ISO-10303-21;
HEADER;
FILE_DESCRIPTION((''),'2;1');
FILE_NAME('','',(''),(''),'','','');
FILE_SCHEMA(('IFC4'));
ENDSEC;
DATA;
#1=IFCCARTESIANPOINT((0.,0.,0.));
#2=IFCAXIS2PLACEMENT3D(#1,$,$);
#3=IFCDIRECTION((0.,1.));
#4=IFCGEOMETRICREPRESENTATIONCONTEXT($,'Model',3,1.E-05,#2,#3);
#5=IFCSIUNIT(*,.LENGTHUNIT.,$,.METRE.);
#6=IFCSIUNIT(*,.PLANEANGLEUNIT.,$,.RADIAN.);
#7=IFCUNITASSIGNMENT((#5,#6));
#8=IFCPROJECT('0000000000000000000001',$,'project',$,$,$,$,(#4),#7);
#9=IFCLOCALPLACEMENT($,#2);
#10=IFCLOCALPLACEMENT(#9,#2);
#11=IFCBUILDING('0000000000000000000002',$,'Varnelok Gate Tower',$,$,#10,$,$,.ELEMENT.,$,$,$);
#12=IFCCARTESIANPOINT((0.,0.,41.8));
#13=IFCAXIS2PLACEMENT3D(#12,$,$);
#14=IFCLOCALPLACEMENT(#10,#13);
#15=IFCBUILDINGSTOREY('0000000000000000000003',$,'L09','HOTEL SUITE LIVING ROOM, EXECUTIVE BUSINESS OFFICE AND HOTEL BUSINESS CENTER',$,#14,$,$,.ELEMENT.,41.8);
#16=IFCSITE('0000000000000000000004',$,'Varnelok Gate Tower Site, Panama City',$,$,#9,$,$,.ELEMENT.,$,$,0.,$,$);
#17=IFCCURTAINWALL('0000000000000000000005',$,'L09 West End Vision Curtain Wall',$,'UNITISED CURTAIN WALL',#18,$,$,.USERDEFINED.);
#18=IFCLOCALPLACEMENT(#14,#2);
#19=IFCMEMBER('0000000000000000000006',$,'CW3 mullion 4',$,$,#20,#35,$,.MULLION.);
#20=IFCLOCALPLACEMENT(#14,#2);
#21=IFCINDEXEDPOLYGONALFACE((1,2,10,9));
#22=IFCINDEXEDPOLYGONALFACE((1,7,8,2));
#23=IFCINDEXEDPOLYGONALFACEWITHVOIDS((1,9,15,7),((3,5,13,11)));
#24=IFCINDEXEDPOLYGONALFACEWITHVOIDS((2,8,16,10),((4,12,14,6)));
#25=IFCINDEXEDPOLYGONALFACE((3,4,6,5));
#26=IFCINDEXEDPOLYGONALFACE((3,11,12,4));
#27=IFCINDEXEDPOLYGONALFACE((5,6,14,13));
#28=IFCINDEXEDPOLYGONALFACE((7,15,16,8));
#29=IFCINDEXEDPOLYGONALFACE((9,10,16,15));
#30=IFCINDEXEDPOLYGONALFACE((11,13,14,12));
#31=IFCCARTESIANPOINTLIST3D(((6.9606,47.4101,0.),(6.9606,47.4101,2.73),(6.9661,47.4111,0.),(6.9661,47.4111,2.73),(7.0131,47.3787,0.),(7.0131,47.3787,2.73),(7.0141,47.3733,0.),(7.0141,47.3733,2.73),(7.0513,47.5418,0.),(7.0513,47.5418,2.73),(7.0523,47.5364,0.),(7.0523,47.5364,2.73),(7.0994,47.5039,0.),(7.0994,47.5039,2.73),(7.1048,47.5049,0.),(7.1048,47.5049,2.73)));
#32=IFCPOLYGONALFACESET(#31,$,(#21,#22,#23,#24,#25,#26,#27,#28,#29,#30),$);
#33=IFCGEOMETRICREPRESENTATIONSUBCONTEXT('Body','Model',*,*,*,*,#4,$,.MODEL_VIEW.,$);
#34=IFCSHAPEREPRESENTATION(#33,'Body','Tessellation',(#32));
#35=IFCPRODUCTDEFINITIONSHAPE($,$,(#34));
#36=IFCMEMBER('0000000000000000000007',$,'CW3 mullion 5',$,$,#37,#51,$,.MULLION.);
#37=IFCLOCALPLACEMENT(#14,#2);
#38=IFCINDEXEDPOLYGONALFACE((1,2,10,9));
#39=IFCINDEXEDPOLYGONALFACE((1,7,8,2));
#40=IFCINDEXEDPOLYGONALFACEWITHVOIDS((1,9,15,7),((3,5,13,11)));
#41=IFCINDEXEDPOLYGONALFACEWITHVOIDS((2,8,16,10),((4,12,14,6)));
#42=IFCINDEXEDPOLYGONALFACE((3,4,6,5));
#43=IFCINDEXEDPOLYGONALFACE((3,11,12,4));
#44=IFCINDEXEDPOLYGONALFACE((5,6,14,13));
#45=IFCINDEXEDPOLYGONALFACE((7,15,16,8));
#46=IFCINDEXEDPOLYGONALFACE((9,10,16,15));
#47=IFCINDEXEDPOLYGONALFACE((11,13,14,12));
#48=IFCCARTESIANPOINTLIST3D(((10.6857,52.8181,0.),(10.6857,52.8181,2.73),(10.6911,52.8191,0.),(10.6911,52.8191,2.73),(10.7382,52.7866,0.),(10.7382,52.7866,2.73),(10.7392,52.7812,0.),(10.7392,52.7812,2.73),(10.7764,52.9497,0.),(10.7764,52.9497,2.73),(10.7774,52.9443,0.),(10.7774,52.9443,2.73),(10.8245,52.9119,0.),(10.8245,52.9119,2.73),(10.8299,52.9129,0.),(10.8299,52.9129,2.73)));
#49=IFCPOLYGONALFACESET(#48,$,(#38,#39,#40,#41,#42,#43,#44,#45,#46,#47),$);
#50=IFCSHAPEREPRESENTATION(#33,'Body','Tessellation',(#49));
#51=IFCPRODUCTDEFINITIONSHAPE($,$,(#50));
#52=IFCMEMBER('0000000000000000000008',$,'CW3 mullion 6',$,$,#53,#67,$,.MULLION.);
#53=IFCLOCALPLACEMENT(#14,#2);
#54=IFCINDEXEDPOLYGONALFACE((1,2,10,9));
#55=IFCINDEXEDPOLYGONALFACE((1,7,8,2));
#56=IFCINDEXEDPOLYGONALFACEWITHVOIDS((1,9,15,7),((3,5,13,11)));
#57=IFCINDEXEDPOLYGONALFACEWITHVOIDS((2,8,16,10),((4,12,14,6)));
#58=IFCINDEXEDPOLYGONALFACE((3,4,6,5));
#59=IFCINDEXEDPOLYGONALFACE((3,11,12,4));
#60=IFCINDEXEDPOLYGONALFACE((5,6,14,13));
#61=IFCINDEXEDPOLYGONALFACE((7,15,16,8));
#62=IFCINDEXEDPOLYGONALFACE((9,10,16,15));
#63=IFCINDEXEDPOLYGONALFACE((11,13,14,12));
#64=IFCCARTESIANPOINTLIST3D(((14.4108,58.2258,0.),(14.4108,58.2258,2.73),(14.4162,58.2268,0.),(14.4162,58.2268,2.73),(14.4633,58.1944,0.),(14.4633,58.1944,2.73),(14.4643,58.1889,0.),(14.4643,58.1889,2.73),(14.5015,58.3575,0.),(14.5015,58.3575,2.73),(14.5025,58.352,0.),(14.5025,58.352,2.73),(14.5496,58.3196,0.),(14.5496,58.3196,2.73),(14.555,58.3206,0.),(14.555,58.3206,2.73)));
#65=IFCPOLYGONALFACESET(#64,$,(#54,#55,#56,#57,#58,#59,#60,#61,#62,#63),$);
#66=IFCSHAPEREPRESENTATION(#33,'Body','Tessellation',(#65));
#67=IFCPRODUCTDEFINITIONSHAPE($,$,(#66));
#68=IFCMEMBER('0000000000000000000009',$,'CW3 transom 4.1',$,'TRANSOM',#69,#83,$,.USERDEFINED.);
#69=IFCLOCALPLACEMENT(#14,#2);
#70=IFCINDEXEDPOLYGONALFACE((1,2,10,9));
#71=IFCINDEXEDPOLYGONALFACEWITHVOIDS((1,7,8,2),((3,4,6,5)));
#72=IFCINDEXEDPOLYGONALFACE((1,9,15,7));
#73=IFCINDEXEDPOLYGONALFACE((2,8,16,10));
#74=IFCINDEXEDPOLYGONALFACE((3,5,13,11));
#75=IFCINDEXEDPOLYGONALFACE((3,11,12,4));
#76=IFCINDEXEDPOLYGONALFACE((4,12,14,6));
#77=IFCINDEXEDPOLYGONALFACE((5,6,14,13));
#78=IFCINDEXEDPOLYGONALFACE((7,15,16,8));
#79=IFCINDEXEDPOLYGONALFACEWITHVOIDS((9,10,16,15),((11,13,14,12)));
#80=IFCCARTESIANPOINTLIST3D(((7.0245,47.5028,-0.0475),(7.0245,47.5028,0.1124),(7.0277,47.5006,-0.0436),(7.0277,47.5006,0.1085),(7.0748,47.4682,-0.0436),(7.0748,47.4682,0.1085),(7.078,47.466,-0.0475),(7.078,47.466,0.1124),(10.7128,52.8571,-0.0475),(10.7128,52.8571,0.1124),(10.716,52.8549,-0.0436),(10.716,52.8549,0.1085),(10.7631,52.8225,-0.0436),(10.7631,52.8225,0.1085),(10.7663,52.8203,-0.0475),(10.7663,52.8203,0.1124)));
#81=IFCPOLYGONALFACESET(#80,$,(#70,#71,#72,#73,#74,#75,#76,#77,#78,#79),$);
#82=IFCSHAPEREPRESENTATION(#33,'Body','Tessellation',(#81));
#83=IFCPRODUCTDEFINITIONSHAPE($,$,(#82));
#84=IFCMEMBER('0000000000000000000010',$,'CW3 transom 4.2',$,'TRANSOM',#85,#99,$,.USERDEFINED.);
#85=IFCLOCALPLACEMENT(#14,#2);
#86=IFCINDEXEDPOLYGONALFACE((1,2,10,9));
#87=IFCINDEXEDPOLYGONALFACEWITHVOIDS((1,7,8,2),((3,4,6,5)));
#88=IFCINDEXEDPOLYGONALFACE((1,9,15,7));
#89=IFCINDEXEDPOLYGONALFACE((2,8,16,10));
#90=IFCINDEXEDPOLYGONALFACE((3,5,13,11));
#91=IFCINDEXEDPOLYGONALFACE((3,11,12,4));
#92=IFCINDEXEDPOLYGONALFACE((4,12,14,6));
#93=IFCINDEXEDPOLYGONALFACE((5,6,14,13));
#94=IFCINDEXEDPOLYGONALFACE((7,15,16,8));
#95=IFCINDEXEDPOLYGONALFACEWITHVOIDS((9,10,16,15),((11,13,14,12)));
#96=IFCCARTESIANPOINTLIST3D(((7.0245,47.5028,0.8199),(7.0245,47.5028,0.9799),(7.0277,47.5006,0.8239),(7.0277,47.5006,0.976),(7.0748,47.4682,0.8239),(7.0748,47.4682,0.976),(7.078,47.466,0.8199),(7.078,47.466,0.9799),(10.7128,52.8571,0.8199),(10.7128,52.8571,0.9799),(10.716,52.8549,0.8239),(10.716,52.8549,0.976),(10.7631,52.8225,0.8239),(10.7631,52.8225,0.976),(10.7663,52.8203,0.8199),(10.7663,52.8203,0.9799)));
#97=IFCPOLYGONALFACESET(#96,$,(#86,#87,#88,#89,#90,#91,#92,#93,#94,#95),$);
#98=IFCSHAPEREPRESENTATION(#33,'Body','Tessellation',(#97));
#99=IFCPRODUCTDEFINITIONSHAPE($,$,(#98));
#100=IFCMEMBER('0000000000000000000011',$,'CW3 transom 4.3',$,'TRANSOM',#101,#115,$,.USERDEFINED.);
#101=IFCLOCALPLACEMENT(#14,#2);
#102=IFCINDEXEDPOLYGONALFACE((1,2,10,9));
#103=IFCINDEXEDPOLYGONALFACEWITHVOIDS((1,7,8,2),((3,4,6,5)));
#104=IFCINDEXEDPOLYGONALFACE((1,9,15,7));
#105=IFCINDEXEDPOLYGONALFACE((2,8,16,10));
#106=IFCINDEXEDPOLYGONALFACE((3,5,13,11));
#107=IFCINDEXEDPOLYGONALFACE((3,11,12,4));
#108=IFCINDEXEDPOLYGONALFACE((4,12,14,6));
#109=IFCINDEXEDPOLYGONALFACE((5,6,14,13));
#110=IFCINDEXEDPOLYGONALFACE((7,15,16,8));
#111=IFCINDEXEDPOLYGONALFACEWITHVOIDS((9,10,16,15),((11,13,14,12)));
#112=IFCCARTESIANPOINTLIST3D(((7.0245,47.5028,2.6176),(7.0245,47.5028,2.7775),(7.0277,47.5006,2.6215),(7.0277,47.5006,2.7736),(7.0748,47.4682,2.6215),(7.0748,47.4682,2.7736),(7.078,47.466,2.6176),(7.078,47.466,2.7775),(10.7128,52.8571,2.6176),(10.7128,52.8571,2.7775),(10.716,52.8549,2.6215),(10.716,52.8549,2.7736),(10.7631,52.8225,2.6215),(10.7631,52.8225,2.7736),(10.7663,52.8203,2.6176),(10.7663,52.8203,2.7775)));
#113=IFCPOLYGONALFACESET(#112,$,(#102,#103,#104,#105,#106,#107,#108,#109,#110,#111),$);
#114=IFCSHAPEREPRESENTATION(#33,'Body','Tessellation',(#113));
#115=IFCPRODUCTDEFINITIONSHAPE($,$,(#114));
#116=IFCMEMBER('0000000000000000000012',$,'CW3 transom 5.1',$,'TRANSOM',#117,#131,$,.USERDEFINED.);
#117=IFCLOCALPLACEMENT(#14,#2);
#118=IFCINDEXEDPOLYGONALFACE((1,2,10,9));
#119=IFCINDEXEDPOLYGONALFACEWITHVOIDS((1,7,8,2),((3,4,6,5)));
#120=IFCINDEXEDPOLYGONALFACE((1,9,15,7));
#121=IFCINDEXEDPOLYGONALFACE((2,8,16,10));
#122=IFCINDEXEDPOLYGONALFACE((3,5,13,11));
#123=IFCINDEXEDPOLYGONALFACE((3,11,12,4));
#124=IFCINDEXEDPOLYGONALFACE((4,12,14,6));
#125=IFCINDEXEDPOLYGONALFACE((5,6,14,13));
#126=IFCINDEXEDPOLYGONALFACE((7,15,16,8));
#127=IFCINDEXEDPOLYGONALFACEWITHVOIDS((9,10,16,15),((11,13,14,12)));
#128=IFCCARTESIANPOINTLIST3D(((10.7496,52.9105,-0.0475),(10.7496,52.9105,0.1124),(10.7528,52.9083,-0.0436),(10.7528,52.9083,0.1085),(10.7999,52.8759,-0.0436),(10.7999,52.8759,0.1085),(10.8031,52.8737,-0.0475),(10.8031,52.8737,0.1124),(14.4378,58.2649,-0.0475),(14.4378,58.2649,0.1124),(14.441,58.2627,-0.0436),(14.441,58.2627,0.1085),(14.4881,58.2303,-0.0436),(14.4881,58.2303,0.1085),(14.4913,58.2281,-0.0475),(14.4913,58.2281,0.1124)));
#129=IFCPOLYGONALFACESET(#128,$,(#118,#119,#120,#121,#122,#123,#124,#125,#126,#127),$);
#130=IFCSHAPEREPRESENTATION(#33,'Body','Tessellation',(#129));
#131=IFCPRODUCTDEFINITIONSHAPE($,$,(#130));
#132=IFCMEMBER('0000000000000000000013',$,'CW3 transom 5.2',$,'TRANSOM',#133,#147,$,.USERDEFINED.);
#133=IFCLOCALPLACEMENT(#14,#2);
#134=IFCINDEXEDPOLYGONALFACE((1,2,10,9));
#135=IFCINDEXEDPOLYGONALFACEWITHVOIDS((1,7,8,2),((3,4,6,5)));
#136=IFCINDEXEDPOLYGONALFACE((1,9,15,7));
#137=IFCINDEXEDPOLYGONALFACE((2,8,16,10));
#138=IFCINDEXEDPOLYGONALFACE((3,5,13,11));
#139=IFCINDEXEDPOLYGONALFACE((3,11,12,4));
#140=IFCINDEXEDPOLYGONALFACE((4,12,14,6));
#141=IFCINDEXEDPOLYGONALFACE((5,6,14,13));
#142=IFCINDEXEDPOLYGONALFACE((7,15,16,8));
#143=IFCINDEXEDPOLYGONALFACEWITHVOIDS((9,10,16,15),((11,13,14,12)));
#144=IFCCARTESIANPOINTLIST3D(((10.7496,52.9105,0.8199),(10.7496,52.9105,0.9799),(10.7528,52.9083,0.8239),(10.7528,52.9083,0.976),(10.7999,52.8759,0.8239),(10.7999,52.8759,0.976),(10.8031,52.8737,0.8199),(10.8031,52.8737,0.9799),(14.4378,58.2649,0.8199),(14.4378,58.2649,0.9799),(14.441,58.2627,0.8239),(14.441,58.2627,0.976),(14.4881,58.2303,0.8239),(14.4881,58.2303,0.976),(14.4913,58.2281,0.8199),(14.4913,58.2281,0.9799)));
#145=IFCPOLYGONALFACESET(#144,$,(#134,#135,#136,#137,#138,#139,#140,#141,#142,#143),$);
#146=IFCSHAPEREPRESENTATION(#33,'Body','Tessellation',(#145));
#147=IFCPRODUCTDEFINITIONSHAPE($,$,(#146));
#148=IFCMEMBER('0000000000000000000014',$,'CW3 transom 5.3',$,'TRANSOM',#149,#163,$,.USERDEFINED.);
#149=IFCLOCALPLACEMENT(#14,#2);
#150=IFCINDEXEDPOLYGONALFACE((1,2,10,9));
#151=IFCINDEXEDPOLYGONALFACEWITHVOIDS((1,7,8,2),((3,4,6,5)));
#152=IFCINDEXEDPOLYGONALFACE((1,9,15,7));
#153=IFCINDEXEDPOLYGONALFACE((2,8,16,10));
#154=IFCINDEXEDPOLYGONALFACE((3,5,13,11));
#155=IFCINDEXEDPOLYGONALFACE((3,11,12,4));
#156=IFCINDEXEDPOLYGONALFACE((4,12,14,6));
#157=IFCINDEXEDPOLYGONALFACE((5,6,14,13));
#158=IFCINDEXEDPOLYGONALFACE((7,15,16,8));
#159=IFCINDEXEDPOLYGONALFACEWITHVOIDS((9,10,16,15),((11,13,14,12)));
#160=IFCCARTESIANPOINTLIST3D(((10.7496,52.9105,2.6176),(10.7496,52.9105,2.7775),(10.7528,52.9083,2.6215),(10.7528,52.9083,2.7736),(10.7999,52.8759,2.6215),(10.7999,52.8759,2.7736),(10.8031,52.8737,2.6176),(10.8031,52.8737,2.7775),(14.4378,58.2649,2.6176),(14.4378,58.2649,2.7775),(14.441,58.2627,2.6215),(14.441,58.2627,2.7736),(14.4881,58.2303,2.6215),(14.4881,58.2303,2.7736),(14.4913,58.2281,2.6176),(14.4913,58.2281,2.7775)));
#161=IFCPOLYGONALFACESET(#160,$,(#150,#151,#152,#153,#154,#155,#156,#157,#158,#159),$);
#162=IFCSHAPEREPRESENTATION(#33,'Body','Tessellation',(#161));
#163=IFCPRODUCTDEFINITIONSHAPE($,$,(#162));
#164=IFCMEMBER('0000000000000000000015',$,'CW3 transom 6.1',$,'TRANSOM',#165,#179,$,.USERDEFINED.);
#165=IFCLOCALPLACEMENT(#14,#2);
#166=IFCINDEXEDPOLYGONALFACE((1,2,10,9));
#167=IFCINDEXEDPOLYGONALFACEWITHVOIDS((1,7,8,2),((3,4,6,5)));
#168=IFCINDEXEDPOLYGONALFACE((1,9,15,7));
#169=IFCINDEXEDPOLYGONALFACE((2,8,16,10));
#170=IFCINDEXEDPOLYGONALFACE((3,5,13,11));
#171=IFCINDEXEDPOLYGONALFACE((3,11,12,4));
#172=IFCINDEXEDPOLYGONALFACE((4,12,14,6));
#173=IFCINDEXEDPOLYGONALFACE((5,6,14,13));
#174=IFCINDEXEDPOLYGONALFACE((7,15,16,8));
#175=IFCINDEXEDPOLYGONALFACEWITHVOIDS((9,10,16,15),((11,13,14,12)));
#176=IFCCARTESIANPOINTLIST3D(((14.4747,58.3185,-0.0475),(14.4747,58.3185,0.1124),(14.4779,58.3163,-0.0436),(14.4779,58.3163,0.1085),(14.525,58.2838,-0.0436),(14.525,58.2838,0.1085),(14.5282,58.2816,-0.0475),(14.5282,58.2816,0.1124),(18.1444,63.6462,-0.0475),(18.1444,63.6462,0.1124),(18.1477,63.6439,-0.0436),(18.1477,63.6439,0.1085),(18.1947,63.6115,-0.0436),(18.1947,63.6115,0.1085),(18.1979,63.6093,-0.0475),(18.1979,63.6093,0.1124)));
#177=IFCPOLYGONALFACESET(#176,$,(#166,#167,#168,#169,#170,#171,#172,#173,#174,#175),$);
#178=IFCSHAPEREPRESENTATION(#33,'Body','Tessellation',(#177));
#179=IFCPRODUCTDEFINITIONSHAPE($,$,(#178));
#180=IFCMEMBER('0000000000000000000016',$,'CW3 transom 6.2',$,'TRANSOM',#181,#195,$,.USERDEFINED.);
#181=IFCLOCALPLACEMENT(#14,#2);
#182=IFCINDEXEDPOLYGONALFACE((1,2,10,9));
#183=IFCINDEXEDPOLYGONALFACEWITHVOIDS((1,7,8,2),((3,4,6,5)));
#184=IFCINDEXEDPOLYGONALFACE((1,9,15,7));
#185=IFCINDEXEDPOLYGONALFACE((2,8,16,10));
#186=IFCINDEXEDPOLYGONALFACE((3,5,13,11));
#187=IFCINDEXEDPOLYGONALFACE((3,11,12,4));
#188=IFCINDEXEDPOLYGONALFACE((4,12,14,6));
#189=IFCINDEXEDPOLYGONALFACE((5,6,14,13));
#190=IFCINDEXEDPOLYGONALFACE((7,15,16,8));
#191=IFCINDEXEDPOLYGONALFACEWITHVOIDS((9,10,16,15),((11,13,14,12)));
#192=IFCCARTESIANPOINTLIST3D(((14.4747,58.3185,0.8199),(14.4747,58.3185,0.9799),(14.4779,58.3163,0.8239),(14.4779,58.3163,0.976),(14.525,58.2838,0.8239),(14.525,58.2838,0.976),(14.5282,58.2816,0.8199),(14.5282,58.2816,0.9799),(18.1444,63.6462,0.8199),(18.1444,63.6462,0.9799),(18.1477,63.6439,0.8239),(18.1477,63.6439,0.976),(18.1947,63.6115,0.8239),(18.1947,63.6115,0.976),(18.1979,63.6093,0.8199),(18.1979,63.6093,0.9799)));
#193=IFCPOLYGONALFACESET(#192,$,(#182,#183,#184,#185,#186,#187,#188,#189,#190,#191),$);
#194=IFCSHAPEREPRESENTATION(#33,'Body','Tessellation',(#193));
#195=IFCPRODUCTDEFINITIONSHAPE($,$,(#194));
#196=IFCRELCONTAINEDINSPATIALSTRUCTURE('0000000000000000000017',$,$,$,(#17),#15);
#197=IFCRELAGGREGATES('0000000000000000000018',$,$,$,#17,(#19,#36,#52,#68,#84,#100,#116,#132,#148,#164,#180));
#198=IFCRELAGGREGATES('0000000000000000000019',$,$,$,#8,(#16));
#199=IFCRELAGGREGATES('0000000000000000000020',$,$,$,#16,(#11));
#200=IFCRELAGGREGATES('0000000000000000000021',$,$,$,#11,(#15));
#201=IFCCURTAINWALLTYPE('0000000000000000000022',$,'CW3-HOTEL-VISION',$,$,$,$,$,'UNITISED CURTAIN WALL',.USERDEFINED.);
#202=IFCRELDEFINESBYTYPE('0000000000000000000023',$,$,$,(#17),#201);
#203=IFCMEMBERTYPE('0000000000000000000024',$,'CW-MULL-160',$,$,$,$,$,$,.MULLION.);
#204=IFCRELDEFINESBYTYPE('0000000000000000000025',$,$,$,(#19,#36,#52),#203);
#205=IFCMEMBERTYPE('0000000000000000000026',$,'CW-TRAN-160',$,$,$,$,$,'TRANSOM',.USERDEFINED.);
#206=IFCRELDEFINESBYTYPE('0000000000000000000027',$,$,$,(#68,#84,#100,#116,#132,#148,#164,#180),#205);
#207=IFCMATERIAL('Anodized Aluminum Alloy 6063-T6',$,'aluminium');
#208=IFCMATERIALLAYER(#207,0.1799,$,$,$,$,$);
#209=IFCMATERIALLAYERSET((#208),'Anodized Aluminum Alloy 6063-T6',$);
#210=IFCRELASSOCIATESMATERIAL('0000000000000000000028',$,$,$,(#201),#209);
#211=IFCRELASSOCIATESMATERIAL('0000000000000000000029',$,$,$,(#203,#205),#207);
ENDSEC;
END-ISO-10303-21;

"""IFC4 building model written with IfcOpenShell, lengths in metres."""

from ifc_helpers import new_model, si_unit, direction, frame, origin, origin_2d, place, context, subcontext, project, spatial, hollow_rectangle, extrude, material, layer, layer_set, material_profile, profile_set, type_object, element, aggregate, save


model = new_model("IFC4")

# Units and contexts
model_context = context("Model", 3, precision=1e-05, world=origin(), true_north=direction((0.0, 1.0)))
body_context = subcontext(model_context, "Body", "Model", "MODEL_VIEW")
ifc_project = project(units=[si_unit("LENGTHUNIT", "METRE"), si_unit("PLANEANGLEUNIT", "RADIAN")], contexts=[model_context])

# Site, building, storey
site_placement = place(None, origin())
site = spatial("IfcSite", under=ifc_project, at=site_placement, Name="Varnelok Gate Tower Site, Panama City", CompositionType="ELEMENT", RefElevation=0.0)
building_placement = place(site_placement, origin())
building = spatial("IfcBuilding", under=site, at=building_placement, Name="Varnelok Gate Tower", CompositionType="ELEMENT")
storey_placement = place(building_placement, frame((0.0, 0.0, 41.8)))
storey = spatial("IfcBuildingStorey", under=building, at=storey_placement, Name="L09", Description="HOTEL SUITE LIVING ROOM, EXECUTIVE BUSINESS OFFICE AND HOTEL BUSINESS CENTER", CompositionType="ELEMENT", Elevation=41.8)

# Curtain wall, members
ifc_material_1 = material(Name="Anodized Aluminum Alloy 6063-T6", Category="aluminium")
ifc_layer_1 = layer(ifc_material_1, 0.1799)
ifc_layer_set_1 = layer_set([ifc_layer_1], Name="Anodized Aluminum Alloy 6063-T6")
curtain_wall_type = type_object("IfcCurtainWallType", Name="CW3-HOTEL-VISION", ElementType="UNITISED CURTAIN WALL", PredefinedType="USERDEFINED", material=ifc_layer_set_1)
curtain_wall_placement = place(storey_placement, origin())
curtain_wall = element("IfcCurtainWall", 1, at=curtain_wall_placement, inside=storey, type_object=curtain_wall_type, Name="L09 West End Vision Curtain Wall", ObjectType="UNITISED CURTAIN WALL", PredefinedType="USERDEFINED")
ifc_material_profile_1 = material_profile(ifc_material_1, hollow_rectangle(XDim=0.0649, YDim=0.1599, WallThickness=0.0039, at=origin_2d()), Name="ALU160X65X4")
ifc_profile_set_1 = profile_set([ifc_material_profile_1], Name="Anodized Aluminum Alloy 6063-T6")
member_type_1 = type_object("IfcMemberType", Name="CW-MULL-160", PredefinedType="MULLION", material=ifc_profile_set_1)
member_1_placement = place(storey_placement, frame((7.0327, 47.4575, 0.0), z_axis=(0.0, 0.0, 1.0), x_axis=(-0.823533, 0.567269, 0.0)))
member_1 = element("IfcMember", 2, at=member_1_placement, type_object=member_type_1, Name="CW3 mullion 4", PredefinedType="MULLION", context=body_context, shape_type="SweptSolid", body=[
    extrude(hollow_rectangle(XDim=0.0649, YDim=0.1599, WallThickness=0.0039, at=origin_2d()), origin(), (0.0, 0.0, 1.0), 2.73),
])
member_2_placement = place(storey_placement, frame((10.7578, 52.8655, 0.0), z_axis=(0.0, 0.0, 1.0), x_axis=(-0.823533, 0.567269, 0.0)))
member_2 = element("IfcMember", 3, at=member_2_placement, type_object=member_type_1, Name="CW3 mullion 5", PredefinedType="MULLION", context=body_context, shape_type="SweptSolid", body=[
    extrude(hollow_rectangle(XDim=0.0649, YDim=0.1599, WallThickness=0.0039, at=origin_2d()), origin(), (0.0, 0.0, 1.0), 2.73),
])
member_3_placement = place(storey_placement, frame((14.4829, 58.2732, 0.0), z_axis=(0.0, 0.0, 1.0), x_axis=(-0.823533, 0.567269, 0.0)))
member_3 = element("IfcMember", 4, at=member_3_placement, type_object=member_type_1, Name="CW3 mullion 6", PredefinedType="MULLION", context=body_context, shape_type="SweptSolid", body=[
    extrude(hollow_rectangle(XDim=0.0649, YDim=0.1599, WallThickness=0.0039, at=origin_2d()), origin(), (0.0, 0.0, 1.0), 2.73),
])
ifc_material_profile_2 = material_profile(ifc_material_1, hollow_rectangle(XDim=0.0649, YDim=0.1599, WallThickness=0.0039, at=origin_2d()), Name="ALU160X65X4")
ifc_profile_set_2 = profile_set([ifc_material_profile_2], Name="Anodized Aluminum Alloy 6063-T6")
member_type_2 = type_object("IfcMemberType", Name="CW-TRAN-160", ElementType="TRANSOM", PredefinedType="USERDEFINED", material=ifc_profile_set_2)
member_4_placement = place(storey_placement, frame((7.0513, 47.4844, 0.0325), z_axis=(0.567279, 0.823526, 0.0), x_axis=(-0.823526, 0.567279, 0.0)))
member_4 = element("IfcMember", 5, at=member_4_placement, type_object=member_type_2, Name="CW3 transom 4.1", ObjectType="TRANSOM", PredefinedType="USERDEFINED", context=body_context, shape_type="SweptSolid", body=[
    extrude(hollow_rectangle(XDim=0.0649, YDim=0.1599, WallThickness=0.0039, at=origin_2d()), origin(), (0.0, 0.0, 1.0), 6.5017),
])
member_5_placement = place(storey_placement, frame((7.0513, 47.4844, 0.8999), z_axis=(0.567279, 0.823526, 0.0), x_axis=(-0.823526, 0.567279, 0.0)))
member_5 = element("IfcMember", 6, at=member_5_placement, type_object=member_type_2, Name="CW3 transom 4.2", ObjectType="TRANSOM", PredefinedType="USERDEFINED", context=body_context, shape_type="SweptSolid", body=[
    extrude(hollow_rectangle(XDim=0.0649, YDim=0.1599, WallThickness=0.0039, at=origin_2d()), origin(), (0.0, 0.0, 1.0), 6.5017),
])
member_6_placement = place(storey_placement, frame((7.0513, 47.4844, 2.6975), z_axis=(0.567279, 0.823526, 0.0), x_axis=(-0.823526, 0.567279, 0.0)))
member_6 = element("IfcMember", 7, at=member_6_placement, type_object=member_type_2, Name="CW3 transom 4.3", ObjectType="TRANSOM", PredefinedType="USERDEFINED", context=body_context, shape_type="SweptSolid", body=[
    extrude(hollow_rectangle(XDim=0.0649, YDim=0.1599, WallThickness=0.0039, at=origin_2d()), origin(), (0.0, 0.0, 1.0), 6.5017),
])
member_7_placement = place(storey_placement, frame((10.7764, 52.8921, 0.0325), z_axis=(0.567262, 0.823538, 0.0), x_axis=(-0.823538, 0.567262, 0.0)))
member_7 = element("IfcMember", 8, at=member_7_placement, type_object=member_type_2, Name="CW3 transom 5.1", ObjectType="TRANSOM", PredefinedType="USERDEFINED", context=body_context, shape_type="SweptSolid", body=[
    extrude(hollow_rectangle(XDim=0.0649, YDim=0.1599, WallThickness=0.0039, at=origin_2d()), origin(), (0.0, 0.0, 1.0), 6.5017),
])
member_8_placement = place(storey_placement, frame((10.7764, 52.8921, 0.8999), z_axis=(0.567262, 0.823538, 0.0), x_axis=(-0.823538, 0.567262, 0.0)))
member_8 = element("IfcMember", 9, at=member_8_placement, type_object=member_type_2, Name="CW3 transom 5.2", ObjectType="TRANSOM", PredefinedType="USERDEFINED", context=body_context, shape_type="SweptSolid", body=[
    extrude(hollow_rectangle(XDim=0.0649, YDim=0.1599, WallThickness=0.0039, at=origin_2d()), origin(), (0.0, 0.0, 1.0), 6.5017),
])
member_9_placement = place(storey_placement, frame((10.7764, 52.8921, 2.6975), z_axis=(0.567262, 0.823538, 0.0), x_axis=(-0.823538, 0.567262, 0.0)))
member_9 = element("IfcMember", 10, at=member_9_placement, type_object=member_type_2, Name="CW3 transom 5.3", ObjectType="TRANSOM", PredefinedType="USERDEFINED", context=body_context, shape_type="SweptSolid", body=[
    extrude(hollow_rectangle(XDim=0.0649, YDim=0.1599, WallThickness=0.0039, at=origin_2d()), origin(), (0.0, 0.0, 1.0), 6.5017),
])
member_10_placement = place(storey_placement, frame((14.5015, 58.3, 0.0325), z_axis=(0.567256, 0.823542, 0.0), x_axis=(-0.823542, 0.567256, 0.0)))
member_10 = element("IfcMember", 11, at=member_10_placement, type_object=member_type_2, Name="CW3 transom 6.1", ObjectType="TRANSOM", PredefinedType="USERDEFINED", context=body_context, shape_type="SweptSolid", body=[
    extrude(hollow_rectangle(XDim=0.0649, YDim=0.1599, WallThickness=0.0039, at=origin_2d()), origin(), (0.0, 0.0, 1.0), 6.4692),
])
member_11_placement = place(storey_placement, frame((14.5015, 58.3, 0.8999), z_axis=(0.567256, 0.823542, 0.0), x_axis=(-0.823542, 0.567256, 0.0)))
member_11 = element("IfcMember", 12, at=member_11_placement, type_object=member_type_2, Name="CW3 transom 6.2", ObjectType="TRANSOM", PredefinedType="USERDEFINED", context=body_context, shape_type="SweptSolid", body=[
    extrude(hollow_rectangle(XDim=0.0649, YDim=0.1599, WallThickness=0.0039, at=origin_2d()), origin(), (0.0, 0.0, 1.0), 6.4692),
])
aggregate(curtain_wall, [member_1, member_2, member_3, member_4, member_5, member_6, member_7, member_8, member_9, member_10, member_11])

save(model, "model.ifc")
